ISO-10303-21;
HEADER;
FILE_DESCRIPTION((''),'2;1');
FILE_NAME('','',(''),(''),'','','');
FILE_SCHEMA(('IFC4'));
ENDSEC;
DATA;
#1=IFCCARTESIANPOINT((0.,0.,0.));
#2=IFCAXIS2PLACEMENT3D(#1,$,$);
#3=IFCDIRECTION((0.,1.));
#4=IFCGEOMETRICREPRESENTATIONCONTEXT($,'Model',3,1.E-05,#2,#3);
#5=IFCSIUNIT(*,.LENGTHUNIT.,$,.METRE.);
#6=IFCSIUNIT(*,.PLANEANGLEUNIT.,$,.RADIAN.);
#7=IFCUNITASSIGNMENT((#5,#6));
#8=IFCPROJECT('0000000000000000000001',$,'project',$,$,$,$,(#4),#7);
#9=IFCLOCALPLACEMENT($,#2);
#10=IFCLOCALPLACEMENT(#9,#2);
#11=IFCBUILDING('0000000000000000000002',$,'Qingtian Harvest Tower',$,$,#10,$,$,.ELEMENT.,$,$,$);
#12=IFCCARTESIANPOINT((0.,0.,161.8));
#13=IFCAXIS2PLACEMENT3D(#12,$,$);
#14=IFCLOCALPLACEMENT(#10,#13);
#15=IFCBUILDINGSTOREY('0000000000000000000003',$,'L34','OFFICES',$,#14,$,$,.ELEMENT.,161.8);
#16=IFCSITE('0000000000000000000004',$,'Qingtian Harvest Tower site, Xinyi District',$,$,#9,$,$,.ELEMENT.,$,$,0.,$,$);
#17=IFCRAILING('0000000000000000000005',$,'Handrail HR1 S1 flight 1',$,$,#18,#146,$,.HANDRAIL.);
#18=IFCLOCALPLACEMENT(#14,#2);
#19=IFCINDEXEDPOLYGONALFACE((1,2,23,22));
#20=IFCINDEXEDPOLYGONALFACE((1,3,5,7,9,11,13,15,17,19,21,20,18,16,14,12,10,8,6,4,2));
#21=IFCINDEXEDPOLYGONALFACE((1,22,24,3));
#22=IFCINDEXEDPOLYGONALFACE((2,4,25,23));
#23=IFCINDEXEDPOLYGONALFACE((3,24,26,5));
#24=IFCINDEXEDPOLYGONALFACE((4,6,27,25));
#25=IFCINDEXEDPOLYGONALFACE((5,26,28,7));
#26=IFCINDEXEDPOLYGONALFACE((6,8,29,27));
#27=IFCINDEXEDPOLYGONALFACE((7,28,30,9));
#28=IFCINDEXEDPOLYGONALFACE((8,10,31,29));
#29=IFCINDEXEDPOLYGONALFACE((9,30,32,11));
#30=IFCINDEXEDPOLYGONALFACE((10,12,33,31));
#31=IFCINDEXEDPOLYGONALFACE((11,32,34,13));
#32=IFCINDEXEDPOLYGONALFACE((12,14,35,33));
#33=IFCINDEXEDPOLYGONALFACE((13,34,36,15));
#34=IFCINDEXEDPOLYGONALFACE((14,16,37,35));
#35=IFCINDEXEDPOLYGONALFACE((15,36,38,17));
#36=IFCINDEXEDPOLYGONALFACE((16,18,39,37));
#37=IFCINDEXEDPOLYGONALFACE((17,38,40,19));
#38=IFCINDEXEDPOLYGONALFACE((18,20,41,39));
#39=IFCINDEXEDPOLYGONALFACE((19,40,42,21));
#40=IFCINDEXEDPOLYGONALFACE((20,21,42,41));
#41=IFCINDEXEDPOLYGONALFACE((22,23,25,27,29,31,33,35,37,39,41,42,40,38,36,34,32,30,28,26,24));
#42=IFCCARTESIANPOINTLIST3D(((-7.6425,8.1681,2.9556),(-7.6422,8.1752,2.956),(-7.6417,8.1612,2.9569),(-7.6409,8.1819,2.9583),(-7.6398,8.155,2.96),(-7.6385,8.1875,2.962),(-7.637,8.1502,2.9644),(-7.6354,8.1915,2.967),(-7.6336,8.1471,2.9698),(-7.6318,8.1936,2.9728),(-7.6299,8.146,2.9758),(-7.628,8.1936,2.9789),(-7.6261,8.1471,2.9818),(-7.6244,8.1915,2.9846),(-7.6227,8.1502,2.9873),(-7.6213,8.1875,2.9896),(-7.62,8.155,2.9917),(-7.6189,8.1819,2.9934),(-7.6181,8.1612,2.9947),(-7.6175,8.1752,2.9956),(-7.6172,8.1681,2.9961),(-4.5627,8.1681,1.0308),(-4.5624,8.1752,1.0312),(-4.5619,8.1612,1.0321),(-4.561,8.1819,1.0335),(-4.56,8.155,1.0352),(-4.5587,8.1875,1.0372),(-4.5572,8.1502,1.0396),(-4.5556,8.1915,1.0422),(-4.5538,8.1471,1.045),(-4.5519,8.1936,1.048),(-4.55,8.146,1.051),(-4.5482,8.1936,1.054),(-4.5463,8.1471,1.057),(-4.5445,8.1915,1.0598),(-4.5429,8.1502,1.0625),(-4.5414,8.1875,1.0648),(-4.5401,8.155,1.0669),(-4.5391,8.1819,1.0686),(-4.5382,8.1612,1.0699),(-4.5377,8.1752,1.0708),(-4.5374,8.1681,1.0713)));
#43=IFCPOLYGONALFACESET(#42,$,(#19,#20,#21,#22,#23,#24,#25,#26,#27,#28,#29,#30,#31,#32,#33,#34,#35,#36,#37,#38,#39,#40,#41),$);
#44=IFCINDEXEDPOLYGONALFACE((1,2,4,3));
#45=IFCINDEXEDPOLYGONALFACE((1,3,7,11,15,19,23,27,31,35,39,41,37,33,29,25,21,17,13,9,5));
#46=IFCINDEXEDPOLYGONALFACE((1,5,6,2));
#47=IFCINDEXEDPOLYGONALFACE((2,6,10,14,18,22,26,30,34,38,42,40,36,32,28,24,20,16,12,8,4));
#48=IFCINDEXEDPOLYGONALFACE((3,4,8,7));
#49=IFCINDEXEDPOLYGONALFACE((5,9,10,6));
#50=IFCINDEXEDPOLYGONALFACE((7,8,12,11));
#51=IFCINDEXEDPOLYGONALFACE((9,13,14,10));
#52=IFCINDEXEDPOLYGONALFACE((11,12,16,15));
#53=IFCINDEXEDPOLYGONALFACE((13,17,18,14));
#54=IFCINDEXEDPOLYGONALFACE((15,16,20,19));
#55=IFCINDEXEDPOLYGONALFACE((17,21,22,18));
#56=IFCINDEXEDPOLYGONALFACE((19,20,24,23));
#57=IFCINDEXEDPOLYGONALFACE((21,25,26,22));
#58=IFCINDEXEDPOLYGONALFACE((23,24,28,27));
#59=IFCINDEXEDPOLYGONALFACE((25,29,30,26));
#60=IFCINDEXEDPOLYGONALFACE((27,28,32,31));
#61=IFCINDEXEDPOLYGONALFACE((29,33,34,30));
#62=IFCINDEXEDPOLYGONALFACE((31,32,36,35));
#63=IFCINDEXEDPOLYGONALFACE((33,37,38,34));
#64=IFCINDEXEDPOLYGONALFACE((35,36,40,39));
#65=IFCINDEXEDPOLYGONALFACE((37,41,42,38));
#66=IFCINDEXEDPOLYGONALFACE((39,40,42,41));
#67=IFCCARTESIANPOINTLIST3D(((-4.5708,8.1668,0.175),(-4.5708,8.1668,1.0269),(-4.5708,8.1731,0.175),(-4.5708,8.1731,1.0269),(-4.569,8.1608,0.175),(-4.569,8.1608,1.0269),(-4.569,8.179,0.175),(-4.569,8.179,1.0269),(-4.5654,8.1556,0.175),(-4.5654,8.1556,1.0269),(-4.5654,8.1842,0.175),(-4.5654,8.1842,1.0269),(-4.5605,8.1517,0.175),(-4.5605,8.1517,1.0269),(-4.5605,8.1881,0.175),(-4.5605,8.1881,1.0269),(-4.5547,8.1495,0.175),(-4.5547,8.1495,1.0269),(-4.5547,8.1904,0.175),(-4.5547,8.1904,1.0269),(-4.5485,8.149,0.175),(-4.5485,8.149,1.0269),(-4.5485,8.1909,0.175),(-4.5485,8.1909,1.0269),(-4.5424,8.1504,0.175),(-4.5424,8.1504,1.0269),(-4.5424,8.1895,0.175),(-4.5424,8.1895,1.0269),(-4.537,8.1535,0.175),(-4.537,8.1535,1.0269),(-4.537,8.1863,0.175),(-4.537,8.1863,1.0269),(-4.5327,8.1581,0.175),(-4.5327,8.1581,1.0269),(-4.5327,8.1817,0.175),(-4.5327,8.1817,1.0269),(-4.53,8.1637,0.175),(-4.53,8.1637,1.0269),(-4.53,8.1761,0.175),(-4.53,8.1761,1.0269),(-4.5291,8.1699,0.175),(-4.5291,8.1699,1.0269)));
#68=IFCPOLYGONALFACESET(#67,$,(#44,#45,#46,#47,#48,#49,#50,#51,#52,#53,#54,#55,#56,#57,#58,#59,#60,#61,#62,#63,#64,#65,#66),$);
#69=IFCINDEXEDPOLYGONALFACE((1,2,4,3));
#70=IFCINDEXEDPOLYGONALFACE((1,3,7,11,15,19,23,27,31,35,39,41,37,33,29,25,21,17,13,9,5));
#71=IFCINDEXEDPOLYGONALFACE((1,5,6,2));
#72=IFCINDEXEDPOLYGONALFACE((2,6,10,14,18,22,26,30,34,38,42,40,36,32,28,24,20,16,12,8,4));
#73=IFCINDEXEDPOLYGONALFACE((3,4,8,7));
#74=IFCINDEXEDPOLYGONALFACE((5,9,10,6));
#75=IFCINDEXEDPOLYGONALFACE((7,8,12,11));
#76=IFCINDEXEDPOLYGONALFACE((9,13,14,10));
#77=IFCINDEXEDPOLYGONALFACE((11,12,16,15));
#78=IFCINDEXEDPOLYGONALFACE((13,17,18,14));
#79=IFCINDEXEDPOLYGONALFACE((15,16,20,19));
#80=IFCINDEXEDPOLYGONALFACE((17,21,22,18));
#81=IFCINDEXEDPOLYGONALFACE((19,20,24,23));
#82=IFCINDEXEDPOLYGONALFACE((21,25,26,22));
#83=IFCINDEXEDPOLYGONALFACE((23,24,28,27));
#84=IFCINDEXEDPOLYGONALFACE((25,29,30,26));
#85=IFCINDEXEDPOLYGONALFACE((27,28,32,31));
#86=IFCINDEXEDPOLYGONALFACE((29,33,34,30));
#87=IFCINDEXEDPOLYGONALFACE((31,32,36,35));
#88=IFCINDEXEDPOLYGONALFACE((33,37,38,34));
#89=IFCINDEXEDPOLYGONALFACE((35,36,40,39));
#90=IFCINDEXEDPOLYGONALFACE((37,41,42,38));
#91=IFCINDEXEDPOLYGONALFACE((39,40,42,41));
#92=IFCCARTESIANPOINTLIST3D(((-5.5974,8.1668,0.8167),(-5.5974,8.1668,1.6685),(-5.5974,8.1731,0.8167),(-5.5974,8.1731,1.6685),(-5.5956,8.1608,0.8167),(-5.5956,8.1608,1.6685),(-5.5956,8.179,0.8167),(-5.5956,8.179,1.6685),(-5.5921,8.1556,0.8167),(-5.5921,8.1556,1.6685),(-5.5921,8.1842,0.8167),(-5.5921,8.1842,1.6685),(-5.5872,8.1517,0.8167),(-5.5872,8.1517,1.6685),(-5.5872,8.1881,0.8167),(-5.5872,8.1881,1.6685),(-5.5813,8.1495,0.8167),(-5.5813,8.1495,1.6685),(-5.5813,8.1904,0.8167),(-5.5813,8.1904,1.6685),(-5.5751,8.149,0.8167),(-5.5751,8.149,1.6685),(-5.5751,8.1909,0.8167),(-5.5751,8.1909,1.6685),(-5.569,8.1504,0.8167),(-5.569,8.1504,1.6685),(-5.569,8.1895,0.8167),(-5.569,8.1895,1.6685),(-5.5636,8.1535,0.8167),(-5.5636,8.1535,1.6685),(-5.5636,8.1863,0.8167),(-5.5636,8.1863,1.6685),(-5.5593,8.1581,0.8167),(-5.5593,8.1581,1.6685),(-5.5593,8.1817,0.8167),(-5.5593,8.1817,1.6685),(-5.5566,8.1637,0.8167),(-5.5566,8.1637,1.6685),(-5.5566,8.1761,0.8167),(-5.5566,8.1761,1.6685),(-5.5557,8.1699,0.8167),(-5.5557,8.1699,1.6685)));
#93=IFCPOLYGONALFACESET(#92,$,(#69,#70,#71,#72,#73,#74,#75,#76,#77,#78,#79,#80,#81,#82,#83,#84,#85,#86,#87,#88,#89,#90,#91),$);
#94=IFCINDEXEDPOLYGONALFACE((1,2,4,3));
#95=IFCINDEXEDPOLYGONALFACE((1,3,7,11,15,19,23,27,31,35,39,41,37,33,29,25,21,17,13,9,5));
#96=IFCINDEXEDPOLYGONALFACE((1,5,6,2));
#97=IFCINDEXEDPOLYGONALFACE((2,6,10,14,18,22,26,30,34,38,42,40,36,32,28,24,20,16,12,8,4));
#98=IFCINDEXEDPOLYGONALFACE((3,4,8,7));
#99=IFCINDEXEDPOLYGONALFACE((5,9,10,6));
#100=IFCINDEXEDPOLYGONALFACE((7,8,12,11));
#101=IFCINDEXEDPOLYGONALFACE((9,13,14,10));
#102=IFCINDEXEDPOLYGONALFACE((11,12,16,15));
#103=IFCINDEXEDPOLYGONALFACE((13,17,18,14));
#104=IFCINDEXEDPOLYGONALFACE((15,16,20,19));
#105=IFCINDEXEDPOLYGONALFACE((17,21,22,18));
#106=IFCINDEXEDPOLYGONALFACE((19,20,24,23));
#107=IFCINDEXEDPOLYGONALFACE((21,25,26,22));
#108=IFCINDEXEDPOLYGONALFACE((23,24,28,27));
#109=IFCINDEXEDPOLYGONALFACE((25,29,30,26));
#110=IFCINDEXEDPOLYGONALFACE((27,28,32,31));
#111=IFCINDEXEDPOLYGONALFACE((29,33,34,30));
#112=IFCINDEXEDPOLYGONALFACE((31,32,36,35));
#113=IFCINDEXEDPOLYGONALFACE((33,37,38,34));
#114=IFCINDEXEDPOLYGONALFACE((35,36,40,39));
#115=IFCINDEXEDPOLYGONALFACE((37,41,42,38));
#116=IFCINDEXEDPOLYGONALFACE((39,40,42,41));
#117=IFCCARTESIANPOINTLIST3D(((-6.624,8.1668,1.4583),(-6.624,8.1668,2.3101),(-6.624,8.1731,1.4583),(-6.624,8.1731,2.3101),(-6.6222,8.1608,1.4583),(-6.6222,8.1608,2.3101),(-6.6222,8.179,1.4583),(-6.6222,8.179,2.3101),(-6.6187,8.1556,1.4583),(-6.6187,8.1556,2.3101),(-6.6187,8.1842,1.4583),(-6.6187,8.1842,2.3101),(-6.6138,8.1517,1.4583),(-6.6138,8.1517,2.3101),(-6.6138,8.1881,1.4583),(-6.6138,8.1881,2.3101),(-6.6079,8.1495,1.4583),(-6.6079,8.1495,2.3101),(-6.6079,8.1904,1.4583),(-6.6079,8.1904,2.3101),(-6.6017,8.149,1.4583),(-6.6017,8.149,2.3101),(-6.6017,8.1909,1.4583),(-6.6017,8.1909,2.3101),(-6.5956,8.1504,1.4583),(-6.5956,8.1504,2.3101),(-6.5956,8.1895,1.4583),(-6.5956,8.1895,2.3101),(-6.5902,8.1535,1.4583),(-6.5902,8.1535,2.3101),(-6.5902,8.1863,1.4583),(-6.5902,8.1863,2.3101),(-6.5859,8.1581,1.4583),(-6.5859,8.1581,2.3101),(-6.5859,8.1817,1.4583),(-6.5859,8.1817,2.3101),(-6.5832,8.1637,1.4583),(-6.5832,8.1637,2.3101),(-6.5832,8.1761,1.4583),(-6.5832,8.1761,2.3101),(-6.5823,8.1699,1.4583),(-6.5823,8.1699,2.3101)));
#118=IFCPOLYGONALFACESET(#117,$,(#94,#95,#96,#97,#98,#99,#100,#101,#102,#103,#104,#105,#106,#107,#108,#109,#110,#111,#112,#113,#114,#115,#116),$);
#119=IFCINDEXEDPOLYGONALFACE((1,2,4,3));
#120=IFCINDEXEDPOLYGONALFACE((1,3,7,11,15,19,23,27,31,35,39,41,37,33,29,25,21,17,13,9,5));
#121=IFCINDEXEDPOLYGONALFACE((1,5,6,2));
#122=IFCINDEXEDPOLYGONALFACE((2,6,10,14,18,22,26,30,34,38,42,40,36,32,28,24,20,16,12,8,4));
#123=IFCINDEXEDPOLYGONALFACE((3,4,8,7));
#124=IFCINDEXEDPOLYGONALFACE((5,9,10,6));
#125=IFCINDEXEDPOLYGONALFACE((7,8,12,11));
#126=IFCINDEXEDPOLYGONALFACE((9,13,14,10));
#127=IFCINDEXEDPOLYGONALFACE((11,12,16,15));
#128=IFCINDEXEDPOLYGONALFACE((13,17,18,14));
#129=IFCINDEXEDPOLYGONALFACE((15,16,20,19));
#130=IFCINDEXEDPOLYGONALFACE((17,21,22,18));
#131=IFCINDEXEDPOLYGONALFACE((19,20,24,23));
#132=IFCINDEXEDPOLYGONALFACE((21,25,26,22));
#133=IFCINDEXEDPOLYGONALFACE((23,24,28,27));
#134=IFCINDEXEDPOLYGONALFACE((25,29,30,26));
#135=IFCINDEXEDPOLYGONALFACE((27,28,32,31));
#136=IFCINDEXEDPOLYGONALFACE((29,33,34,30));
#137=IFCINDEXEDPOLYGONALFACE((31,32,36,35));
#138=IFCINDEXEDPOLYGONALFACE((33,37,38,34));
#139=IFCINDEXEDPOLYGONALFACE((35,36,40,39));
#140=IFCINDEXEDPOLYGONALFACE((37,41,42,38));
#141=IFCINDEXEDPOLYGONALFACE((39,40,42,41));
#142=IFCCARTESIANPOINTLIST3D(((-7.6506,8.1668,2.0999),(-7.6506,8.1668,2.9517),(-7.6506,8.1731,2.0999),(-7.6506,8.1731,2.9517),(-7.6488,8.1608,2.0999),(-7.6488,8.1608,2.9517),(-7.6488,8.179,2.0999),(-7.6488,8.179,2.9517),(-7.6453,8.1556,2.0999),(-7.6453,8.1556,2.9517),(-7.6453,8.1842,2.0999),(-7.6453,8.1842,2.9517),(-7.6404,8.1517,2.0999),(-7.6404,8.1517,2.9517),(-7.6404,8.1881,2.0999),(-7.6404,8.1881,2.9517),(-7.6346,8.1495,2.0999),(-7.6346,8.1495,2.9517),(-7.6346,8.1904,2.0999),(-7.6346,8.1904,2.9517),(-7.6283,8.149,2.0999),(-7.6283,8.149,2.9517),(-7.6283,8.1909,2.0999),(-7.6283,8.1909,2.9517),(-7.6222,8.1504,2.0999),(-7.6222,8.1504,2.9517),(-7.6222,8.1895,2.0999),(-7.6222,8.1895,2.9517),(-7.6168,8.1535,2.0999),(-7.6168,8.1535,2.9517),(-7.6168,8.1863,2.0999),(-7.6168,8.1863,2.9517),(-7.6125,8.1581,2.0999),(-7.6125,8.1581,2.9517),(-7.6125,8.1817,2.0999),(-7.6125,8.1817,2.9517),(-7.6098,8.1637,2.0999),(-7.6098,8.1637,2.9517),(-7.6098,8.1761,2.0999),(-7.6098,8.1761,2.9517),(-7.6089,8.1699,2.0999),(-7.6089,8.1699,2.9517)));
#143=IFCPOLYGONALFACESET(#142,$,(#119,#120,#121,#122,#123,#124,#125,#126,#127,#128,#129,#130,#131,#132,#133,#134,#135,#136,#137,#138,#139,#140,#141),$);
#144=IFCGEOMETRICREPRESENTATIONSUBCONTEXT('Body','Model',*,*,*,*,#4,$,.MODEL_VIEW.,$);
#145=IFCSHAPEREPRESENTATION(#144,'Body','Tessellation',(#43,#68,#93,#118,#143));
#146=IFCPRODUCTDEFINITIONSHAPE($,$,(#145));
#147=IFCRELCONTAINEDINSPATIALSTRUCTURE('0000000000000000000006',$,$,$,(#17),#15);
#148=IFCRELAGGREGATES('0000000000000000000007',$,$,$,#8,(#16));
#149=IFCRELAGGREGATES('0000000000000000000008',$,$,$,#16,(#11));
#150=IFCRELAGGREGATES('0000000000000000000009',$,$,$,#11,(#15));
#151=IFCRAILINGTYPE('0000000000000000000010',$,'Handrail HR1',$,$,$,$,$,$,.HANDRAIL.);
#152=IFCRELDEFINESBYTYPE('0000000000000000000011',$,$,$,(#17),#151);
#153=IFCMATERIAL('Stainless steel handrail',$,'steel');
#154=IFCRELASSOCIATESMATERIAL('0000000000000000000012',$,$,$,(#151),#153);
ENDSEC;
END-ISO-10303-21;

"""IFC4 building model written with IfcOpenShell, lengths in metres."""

from ifc_helpers import new_model, si_unit, direction, frame, origin, origin_2d, place, context, subcontext, project, spatial, circle, extrude, material, type_object, element, save


model = new_model("IFC4")

# Units and contexts
model_context = context("Model", 3, precision=1e-05, world=origin(), true_north=direction((0.0, 1.0)))
body_context = subcontext(model_context, "Body", "Model", "MODEL_VIEW")
ifc_project = project(units=[si_unit("LENGTHUNIT", "METRE"), si_unit("PLANEANGLEUNIT", "RADIAN")], contexts=[model_context])

# Site, building, storey
site_placement = place(None, origin())
site = spatial("IfcSite", under=ifc_project, at=site_placement, Name="Qingtian Harvest Tower site, Xinyi District", CompositionType="ELEMENT", RefElevation=0.0)
building_placement = place(site_placement, origin())
building = spatial("IfcBuilding", under=site, at=building_placement, Name="Qingtian Harvest Tower", CompositionType="ELEMENT")
storey_placement = place(building_placement, frame((0.0, 0.0, 161.8)))
storey = spatial("IfcBuildingStorey", under=building, at=storey_placement, Name="L34", Description="OFFICES", CompositionType="ELEMENT", Elevation=161.8)

# Railing
ifc_material_1 = material(Name="Stainless steel handrail", Category="steel")
railing_type = type_object("IfcRailingType", Name="Handrail HR1", PredefinedType="HANDRAIL", material=ifc_material_1)
railing_1_placement = place(storey_placement, frame((-4.55, 8.1699, 0.175)))
element("IfcRailing", 1, at=railing_1_placement, inside=storey, type_object=railing_type, Name="Handrail HR1 S1 flight 1", PredefinedType="HANDRAIL", context=body_context, shape_type="SweptSolid", body=[
    extrude(circle(Radius=0.0239, at=origin_2d()), frame((0.0, 0.0, 0.876), z_axis=(-0.84801, 0.0, 0.529981), x_axis=(0.0, -1.0, 0.0)), (0.0, 0.0, 1.0), 3.6318),
    extrude(circle(Radius=0.021, at=origin_2d()), origin(), (0.0, 0.0, 1.0), 0.8518),
    extrude(circle(Radius=0.021, at=origin_2d()), frame((-1.0266, 0.0, 0.6416)), (0.0, 0.0, 1.0), 0.8518),
    extrude(circle(Radius=0.021, at=origin_2d()), frame((-2.0532, 0.0, 1.2832)), (0.0, 0.0, 1.0), 0.8518),
    extrude(circle(Radius=0.021, at=origin_2d()), frame((-3.0798, 0.0, 1.9248)), (0.0, 0.0, 1.0), 0.8518),
])

save(model, "model.ifc")
